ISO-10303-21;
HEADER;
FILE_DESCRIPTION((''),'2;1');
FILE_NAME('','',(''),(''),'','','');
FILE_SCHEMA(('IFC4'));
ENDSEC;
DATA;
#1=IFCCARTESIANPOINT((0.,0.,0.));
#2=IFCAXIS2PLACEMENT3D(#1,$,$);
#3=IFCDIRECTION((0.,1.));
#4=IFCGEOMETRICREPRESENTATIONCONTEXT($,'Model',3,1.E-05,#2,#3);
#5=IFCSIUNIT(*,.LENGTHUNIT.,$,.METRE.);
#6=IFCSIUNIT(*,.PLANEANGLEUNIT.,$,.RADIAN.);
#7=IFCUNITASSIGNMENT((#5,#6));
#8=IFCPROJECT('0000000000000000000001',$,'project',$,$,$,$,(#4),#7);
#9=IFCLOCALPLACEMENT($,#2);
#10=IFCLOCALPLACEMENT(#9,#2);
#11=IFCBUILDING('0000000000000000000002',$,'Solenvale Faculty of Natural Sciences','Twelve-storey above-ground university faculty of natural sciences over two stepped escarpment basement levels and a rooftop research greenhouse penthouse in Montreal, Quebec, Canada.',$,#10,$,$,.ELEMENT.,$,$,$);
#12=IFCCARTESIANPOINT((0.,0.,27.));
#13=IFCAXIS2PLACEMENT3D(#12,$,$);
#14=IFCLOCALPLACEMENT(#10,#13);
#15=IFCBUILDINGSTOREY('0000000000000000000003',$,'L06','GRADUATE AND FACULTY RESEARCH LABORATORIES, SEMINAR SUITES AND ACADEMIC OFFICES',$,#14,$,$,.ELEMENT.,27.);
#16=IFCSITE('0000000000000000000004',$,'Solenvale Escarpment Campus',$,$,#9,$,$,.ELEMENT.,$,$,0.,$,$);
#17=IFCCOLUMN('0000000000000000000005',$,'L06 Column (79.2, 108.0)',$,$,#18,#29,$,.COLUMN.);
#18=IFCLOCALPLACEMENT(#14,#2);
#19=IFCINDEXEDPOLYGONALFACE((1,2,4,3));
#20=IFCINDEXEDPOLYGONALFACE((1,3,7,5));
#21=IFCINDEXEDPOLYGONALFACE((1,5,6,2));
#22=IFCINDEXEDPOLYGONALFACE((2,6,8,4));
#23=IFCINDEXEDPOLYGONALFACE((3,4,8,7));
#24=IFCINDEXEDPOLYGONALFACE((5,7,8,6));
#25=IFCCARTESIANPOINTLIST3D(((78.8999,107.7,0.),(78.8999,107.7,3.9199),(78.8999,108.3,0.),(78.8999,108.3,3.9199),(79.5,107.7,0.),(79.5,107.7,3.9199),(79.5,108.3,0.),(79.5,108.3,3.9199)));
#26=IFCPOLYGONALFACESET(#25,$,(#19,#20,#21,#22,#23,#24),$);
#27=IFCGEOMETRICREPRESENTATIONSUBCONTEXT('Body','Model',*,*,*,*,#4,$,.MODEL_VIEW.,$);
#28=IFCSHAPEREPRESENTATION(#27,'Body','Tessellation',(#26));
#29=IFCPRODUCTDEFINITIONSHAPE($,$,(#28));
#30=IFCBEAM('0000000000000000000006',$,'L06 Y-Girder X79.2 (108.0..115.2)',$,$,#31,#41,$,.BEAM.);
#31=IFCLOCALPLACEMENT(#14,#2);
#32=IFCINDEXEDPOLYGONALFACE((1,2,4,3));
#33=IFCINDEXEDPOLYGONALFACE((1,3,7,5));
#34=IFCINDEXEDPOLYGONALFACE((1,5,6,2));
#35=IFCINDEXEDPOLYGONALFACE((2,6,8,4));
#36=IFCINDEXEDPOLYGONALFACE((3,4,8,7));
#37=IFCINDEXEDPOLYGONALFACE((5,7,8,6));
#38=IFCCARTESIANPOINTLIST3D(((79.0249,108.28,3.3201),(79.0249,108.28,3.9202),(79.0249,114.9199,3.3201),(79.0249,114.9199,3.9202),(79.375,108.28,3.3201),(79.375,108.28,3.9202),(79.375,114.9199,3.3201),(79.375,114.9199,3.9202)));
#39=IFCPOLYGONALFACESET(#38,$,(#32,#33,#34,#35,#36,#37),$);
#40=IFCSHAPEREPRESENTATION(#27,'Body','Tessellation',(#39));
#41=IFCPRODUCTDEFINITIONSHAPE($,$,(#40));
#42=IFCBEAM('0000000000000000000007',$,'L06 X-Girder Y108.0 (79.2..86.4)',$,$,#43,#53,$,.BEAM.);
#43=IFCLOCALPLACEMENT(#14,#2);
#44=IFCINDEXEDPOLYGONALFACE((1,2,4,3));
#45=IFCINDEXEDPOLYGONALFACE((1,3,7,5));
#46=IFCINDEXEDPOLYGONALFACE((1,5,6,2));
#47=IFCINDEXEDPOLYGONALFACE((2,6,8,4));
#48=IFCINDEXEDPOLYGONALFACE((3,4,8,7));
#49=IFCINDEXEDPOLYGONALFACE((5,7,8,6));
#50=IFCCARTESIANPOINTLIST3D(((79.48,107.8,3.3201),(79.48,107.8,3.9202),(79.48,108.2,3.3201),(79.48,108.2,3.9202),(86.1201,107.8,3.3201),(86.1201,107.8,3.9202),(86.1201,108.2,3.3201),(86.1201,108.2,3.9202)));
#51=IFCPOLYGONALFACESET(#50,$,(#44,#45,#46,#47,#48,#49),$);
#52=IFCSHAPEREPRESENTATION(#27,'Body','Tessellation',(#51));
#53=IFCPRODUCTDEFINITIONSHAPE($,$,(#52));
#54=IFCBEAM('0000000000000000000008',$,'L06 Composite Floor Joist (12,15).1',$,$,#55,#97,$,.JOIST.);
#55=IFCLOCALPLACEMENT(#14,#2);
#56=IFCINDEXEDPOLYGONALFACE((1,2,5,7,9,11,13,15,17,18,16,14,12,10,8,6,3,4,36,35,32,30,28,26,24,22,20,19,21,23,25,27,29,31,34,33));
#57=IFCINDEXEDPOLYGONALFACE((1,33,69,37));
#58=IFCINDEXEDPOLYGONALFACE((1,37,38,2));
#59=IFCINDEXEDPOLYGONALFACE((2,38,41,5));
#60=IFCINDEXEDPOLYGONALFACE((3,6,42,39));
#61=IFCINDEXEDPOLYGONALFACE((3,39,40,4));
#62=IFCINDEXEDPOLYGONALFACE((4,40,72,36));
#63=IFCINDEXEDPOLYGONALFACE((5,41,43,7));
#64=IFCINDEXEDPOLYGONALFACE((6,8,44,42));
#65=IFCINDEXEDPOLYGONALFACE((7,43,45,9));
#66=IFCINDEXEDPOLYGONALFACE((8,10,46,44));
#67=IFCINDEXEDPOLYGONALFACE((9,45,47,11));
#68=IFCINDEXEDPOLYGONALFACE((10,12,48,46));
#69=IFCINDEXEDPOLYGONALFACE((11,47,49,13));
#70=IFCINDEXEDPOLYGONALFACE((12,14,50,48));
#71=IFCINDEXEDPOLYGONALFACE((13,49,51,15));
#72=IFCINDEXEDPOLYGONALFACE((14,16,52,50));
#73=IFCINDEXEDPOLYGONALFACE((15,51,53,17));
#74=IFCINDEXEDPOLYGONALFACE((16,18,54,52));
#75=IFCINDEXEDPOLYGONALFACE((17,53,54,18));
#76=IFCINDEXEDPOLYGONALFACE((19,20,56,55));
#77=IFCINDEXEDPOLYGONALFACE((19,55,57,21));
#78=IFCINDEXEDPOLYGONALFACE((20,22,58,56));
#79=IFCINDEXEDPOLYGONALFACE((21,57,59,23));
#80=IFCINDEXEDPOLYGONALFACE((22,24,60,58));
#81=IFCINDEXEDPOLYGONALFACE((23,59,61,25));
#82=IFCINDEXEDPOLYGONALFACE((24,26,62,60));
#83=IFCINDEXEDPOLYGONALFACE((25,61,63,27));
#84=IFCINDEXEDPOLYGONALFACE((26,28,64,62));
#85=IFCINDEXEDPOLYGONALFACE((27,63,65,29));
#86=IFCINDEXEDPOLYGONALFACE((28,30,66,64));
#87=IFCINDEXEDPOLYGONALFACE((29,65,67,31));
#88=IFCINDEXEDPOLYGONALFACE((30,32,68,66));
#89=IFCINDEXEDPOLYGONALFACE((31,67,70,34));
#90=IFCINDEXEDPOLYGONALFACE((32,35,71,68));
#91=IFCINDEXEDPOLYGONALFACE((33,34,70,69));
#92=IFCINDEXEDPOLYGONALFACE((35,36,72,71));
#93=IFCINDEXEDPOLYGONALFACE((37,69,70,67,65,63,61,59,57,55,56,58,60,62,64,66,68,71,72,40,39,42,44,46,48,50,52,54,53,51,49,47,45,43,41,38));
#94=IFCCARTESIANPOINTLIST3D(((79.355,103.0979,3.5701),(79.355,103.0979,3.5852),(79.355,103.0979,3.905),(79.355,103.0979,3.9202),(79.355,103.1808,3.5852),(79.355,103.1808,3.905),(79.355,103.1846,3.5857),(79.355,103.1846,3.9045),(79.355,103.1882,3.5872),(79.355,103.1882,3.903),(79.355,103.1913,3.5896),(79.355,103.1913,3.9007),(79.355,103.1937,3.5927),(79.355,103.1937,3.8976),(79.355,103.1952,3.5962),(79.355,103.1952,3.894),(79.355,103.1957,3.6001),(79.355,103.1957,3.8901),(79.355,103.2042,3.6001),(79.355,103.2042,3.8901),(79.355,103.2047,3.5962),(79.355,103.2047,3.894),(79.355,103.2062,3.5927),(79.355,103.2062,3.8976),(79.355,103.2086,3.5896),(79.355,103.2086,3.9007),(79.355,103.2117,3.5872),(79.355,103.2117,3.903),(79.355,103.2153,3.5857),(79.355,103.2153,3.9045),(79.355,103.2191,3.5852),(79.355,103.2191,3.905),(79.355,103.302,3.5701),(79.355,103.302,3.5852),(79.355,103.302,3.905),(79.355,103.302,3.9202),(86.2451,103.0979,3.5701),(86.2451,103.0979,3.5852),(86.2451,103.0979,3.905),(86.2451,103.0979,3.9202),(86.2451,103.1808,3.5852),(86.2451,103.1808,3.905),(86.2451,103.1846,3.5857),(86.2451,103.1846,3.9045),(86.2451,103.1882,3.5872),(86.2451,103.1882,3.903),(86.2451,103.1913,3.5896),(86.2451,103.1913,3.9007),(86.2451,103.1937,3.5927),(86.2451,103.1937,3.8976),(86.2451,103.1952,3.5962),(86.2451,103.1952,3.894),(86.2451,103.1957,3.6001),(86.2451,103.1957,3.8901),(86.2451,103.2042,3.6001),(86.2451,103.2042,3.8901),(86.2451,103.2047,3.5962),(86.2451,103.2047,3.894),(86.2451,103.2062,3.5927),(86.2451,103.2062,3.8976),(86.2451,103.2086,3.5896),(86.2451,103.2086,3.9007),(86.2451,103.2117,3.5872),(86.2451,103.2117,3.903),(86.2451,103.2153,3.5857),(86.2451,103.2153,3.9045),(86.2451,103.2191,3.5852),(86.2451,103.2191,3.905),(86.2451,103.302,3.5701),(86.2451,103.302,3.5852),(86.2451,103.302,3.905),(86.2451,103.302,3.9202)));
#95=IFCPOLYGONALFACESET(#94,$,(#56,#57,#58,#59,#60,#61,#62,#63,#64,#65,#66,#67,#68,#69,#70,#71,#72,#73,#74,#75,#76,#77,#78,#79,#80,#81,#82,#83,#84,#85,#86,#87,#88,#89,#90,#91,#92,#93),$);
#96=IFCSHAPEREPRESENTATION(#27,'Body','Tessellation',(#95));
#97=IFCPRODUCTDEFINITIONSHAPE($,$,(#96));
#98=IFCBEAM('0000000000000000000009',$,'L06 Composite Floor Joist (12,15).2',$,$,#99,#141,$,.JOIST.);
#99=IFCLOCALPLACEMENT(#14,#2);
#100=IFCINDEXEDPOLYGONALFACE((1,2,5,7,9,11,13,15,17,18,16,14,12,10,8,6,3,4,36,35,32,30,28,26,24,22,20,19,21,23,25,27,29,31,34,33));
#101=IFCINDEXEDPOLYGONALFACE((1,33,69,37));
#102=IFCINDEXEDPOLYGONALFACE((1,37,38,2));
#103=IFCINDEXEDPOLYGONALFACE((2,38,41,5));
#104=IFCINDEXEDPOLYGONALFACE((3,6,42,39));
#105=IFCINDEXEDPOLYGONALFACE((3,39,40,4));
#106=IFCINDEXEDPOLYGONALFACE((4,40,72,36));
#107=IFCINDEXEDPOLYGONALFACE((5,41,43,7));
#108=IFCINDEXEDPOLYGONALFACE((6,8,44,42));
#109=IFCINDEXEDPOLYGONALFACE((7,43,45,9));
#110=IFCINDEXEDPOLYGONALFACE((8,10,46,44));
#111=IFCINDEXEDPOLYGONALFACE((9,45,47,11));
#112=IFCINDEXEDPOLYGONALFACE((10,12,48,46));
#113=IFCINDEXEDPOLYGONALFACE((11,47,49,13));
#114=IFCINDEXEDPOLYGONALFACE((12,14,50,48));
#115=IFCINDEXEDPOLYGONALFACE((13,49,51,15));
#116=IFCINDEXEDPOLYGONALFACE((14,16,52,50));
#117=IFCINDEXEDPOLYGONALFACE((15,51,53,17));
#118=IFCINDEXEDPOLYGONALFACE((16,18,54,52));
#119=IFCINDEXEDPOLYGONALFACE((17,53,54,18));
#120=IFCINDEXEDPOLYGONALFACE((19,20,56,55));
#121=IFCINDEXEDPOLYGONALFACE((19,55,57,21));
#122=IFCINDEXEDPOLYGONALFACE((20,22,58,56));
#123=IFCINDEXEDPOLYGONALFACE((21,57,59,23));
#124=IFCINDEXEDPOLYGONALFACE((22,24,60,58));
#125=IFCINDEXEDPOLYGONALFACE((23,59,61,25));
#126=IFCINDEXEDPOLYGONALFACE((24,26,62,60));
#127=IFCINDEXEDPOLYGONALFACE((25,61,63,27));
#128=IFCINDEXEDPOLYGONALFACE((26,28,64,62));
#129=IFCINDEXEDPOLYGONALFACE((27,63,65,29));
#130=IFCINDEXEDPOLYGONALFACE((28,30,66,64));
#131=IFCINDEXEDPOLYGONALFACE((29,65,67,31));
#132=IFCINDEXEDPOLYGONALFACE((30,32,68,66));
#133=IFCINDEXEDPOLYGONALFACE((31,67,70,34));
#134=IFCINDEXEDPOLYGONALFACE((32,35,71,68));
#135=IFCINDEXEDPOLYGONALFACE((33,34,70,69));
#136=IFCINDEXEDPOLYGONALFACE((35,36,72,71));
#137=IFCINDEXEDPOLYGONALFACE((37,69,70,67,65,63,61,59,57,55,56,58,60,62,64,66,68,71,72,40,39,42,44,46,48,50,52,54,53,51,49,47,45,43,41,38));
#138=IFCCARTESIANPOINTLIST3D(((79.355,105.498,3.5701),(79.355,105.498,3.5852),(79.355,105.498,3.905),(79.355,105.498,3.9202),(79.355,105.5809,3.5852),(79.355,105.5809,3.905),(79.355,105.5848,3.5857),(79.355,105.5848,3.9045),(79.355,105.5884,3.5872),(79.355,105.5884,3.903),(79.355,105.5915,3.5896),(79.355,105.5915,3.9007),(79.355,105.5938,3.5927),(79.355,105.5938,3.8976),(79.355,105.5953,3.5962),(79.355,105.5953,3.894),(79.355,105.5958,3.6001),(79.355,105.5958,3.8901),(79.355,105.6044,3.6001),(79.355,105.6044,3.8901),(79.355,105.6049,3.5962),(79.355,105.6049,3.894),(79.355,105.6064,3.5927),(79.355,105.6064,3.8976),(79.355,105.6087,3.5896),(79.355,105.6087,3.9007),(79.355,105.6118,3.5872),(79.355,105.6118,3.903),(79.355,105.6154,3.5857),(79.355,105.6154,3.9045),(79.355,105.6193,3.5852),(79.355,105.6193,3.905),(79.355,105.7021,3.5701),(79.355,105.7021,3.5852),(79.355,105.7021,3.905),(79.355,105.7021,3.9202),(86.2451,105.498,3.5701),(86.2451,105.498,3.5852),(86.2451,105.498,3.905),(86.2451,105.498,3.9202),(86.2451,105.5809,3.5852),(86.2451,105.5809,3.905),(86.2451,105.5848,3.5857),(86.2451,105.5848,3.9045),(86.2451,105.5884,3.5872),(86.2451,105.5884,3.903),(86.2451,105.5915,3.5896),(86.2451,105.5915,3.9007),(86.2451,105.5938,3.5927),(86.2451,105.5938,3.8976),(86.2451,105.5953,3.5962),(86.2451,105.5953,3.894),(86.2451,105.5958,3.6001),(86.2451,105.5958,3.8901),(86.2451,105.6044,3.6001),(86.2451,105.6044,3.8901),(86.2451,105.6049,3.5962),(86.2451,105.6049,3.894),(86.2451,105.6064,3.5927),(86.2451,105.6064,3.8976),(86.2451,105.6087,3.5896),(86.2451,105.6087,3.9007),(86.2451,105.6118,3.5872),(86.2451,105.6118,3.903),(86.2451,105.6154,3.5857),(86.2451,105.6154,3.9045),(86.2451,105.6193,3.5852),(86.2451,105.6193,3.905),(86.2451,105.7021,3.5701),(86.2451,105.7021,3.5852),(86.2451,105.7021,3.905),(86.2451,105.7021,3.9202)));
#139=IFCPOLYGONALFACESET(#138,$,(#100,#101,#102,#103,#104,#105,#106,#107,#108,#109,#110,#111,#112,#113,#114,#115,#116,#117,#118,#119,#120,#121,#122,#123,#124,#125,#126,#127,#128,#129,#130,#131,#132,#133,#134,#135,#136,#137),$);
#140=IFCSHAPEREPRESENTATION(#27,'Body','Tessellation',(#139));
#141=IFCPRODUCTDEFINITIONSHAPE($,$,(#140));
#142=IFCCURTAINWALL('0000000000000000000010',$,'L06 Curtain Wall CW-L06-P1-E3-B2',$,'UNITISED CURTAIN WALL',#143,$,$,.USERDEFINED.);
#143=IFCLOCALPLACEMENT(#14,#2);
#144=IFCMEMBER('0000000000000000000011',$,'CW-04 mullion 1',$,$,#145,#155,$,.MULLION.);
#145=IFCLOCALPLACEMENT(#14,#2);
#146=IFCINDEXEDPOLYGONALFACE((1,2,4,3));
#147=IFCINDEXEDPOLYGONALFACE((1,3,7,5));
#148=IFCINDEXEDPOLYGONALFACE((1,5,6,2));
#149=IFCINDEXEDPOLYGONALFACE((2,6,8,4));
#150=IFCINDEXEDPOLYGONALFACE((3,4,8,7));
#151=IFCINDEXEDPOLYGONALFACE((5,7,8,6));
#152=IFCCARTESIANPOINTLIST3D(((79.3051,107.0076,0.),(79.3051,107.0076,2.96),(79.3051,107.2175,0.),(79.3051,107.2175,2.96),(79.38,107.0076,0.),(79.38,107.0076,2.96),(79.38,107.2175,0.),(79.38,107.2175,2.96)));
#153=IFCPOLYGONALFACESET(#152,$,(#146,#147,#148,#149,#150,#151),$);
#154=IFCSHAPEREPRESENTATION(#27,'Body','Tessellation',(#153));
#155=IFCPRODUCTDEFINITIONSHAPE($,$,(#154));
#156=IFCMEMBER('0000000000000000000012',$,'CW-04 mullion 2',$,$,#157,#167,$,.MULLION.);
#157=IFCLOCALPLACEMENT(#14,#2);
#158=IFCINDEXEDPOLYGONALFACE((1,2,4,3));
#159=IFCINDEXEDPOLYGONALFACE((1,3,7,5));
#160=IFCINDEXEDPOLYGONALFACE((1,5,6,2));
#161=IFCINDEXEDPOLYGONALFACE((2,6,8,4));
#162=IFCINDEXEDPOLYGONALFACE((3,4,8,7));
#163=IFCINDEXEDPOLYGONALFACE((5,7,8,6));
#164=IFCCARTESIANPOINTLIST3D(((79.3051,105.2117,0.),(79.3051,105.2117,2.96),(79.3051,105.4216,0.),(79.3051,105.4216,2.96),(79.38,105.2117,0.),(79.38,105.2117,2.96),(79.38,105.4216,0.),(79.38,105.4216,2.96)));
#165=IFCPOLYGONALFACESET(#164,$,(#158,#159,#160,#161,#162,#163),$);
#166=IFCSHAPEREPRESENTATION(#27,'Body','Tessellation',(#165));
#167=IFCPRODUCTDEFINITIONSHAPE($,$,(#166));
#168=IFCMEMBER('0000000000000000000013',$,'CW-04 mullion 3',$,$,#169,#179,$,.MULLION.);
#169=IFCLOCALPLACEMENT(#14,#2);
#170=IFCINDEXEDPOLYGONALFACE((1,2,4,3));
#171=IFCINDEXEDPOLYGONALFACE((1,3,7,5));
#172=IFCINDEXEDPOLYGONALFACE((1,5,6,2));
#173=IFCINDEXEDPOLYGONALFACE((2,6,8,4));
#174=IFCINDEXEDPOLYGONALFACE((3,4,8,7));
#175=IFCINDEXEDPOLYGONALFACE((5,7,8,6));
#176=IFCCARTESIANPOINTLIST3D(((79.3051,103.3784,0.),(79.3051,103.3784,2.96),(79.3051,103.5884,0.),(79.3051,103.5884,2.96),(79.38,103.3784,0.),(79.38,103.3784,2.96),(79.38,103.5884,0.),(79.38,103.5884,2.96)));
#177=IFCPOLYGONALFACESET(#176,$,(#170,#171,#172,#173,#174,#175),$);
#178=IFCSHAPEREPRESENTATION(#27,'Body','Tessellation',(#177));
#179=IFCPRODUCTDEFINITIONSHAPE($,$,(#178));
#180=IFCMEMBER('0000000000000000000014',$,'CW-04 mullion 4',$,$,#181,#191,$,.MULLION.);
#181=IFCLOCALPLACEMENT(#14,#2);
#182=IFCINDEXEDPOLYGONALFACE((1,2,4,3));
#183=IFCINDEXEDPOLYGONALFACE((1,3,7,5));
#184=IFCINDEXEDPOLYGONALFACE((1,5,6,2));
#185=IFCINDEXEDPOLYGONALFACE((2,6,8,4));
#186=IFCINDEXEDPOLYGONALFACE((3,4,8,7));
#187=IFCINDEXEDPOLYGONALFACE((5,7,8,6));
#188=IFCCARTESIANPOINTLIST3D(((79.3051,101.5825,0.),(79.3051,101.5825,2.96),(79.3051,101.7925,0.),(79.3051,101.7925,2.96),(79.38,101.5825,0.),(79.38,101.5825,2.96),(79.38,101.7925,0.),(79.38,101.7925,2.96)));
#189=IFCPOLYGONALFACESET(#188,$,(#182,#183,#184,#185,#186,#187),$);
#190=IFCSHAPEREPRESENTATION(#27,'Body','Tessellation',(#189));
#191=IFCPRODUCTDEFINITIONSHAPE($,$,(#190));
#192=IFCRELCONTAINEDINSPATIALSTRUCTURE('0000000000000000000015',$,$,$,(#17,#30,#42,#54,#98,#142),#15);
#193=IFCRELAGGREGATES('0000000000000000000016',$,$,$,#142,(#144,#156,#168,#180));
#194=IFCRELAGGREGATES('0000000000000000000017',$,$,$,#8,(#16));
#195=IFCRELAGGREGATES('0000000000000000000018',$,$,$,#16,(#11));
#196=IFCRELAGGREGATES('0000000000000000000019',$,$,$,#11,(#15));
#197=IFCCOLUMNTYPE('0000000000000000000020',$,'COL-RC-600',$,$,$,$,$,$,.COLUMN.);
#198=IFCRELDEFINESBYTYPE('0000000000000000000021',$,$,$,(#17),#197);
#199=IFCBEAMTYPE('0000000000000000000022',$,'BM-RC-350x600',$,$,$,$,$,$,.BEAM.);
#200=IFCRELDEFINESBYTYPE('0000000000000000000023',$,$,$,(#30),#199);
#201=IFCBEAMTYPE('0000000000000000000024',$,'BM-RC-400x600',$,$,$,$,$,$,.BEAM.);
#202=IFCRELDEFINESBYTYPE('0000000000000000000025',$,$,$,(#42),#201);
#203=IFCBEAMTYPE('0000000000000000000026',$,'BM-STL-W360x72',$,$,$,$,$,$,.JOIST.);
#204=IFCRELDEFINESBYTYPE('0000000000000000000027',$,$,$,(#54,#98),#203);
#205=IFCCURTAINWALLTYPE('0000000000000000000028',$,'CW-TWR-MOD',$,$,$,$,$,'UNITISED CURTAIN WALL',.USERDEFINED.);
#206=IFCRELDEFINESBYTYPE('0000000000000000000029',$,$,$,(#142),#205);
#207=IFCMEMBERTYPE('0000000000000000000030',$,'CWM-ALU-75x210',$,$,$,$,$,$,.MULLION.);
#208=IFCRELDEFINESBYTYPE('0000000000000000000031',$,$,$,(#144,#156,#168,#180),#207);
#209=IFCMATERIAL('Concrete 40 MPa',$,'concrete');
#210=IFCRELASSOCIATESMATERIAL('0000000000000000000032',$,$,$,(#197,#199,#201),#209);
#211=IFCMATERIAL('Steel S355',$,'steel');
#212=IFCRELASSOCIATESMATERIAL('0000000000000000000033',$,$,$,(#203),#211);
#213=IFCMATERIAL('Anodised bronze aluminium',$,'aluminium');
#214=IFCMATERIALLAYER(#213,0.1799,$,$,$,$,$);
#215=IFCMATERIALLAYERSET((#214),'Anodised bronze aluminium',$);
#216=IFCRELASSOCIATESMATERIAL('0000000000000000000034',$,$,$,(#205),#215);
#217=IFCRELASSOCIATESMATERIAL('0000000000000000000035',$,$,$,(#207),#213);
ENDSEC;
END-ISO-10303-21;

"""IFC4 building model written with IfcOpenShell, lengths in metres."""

from ifc_helpers import new_model, si_unit, direction, frame, origin, origin_2d, place, context, subcontext, project, spatial, rectangle, i_section, extrude, material, layer, layer_set, material_profile, profile_set, type_object, element, aggregate, save


model = new_model("IFC4")

# Units and contexts
model_context = context("Model", 3, precision=1e-05, world=origin(), true_north=direction((0.0, 1.0)))
body_context = subcontext(model_context, "Body", "Model", "MODEL_VIEW")
ifc_project = project(units=[si_unit("LENGTHUNIT", "METRE"), si_unit("PLANEANGLEUNIT", "RADIAN")], contexts=[model_context])

# Site, building, storey
site_placement = place(None, origin())
site = spatial("IfcSite", under=ifc_project, at=site_placement, Name="Solenvale Escarpment Campus", CompositionType="ELEMENT", RefElevation=0.0)
building_placement = place(site_placement, origin())
building = spatial("IfcBuilding", under=site, at=building_placement, Name="Solenvale Faculty of Natural Sciences", Description="Twelve-storey above-ground university faculty of natural sciences over two stepped escarpment basement levels and a rooftop research greenhouse penthouse in Montreal, Quebec, Canada.", CompositionType="ELEMENT")
storey_placement = place(building_placement, frame((0.0, 0.0, 27.0)))
storey = spatial("IfcBuildingStorey", under=building, at=storey_placement, Name="L06", Description="GRADUATE AND FACULTY RESEARCH LABORATORIES, SEMINAR SUITES AND ACADEMIC OFFICES", CompositionType="ELEMENT", Elevation=27.0)

# Column
ifc_material_1 = material(Name="Concrete 40 MPa", Category="concrete")
ifc_material_profile_1 = material_profile(ifc_material_1, rectangle(XDim=0.6001, YDim=0.6001, at=origin_2d()), Name="RC-COL-600x600")
ifc_profile_set_1 = profile_set([ifc_material_profile_1], Name="Concrete 40 MPa")
column_type = type_object("IfcColumnType", Name="COL-RC-600", PredefinedType="COLUMN", material=ifc_profile_set_1)
column_placement = place(storey_placement, frame((79.2, 108.0, 0.0), z_axis=(0.0, 0.0, 1.0), x_axis=(1.0, 0.0, 0.0)))
element("IfcColumn", 1, at=column_placement, inside=storey, type_object=column_type, Name="L06 Column (79.2, 108.0)", PredefinedType="COLUMN", context=body_context, shape_type="SweptSolid", body=[
    extrude(rectangle(XDim=0.6001, YDim=0.6001, at=origin_2d()), origin(), (0.0, 0.0, 1.0), 3.9199),
])

# Beams
ifc_material_profile_2 = material_profile(ifc_material_1, rectangle(XDim=0.3501, YDim=0.6001, at=origin_2d()), Name="RC-BM-350x600")
ifc_profile_set_2 = profile_set([ifc_material_profile_2], Name="Concrete 40 MPa")
beam_type_1 = type_object("IfcBeamType", Name="BM-RC-350x600", PredefinedType="BEAM", material=ifc_profile_set_2)
beam_1_placement = place(storey_placement, frame((79.2, 108.28, 3.6201), z_axis=(0.0, 1.0, 0.0), x_axis=(-1.0, 0.0, 0.0)))
element("IfcBeam", 2, at=beam_1_placement, inside=storey, type_object=beam_type_1, Name="L06 Y-Girder X79.2 (108.0..115.2)", PredefinedType="BEAM", context=body_context, shape_type="SweptSolid", body=[
    extrude(rectangle(XDim=0.3501, YDim=0.6001, at=origin_2d()), origin(), (0.0, 0.0, 1.0), 6.6399),
])
ifc_material_profile_3 = material_profile(ifc_material_1, rectangle(XDim=0.3999, YDim=0.6001, at=origin_2d()), Name="RC-BM-400x600")
ifc_profile_set_3 = profile_set([ifc_material_profile_3], Name="Concrete 40 MPa")
beam_type_2 = type_object("IfcBeamType", Name="BM-RC-400x600", PredefinedType="BEAM", material=ifc_profile_set_3)
beam_2_placement = place(storey_placement, frame((79.48, 108.0, 3.6201), z_axis=(1.0, 0.0, 0.0), x_axis=(0.0, 1.0, 0.0)))
element("IfcBeam", 3, at=beam_2_placement, inside=storey, type_object=beam_type_2, Name="L06 X-Girder Y108.0 (79.2..86.4)", PredefinedType="BEAM", context=body_context, shape_type="SweptSolid", body=[
    extrude(rectangle(XDim=0.3999, YDim=0.6001, at=origin_2d()), origin(), (0.0, 0.0, 1.0), 6.6401),
])
ifc_material_2 = material(Name="Steel S355", Category="steel")
ifc_material_profile_4 = material_profile(ifc_material_2, i_section(OverallWidth=0.2041, OverallDepth=0.3501, WebThickness=0.0085, FlangeThickness=0.0151, FilletRadius=0.0149, at=origin_2d()), Name="W360x72")
ifc_profile_set_4 = profile_set([ifc_material_profile_4], Name="Steel S355")
beam_type_3 = type_object("IfcBeamType", Name="BM-STL-W360x72", PredefinedType="JOIST", material=ifc_profile_set_4)
for number, where, z_axis, x_axis, name in (
    (4, (79.355, 103.2, 3.7451), (1.0, 0.0, 0.0), (0.0, 1.0, 0.0), "L06 Composite Floor Joist (12,15).1"),
    (5, (79.355, 105.6001, 3.7451), (1.0, 0.0, 0.0), (0.0, 1.0, 0.0), "L06 Composite Floor Joist (12,15).2"),
):
    element("IfcBeam", number, at=place(storey_placement, frame(where, z_axis=z_axis, x_axis=x_axis)), inside=storey, type_object=beam_type_3, Name=name, PredefinedType="JOIST", context=body_context, shape_type="SweptSolid", body=[
        extrude(i_section(OverallWidth=0.2041, OverallDepth=0.3501, WebThickness=0.0085, FlangeThickness=0.0151, FilletRadius=0.0149, at=origin_2d()), origin(), (0.0, 0.0, 1.0), 6.8901),
    ])

# Curtain wall, members
ifc_material_3 = material(Name="Anodised bronze aluminium", Category="aluminium")
ifc_layer_1 = layer(ifc_material_3, 0.1799)
ifc_layer_set_1 = layer_set([ifc_layer_1], Name="Anodised bronze aluminium")
curtain_wall_type = type_object("IfcCurtainWallType", Name="CW-TWR-MOD", ElementType="UNITISED CURTAIN WALL", PredefinedType="USERDEFINED", material=ifc_layer_set_1)
curtain_wall_placement = place(storey_placement, origin())
curtain_wall = element("IfcCurtainWall", 6, at=curtain_wall_placement, inside=storey, type_object=curtain_wall_type, Name="L06 Curtain Wall CW-L06-P1-E3-B2", ObjectType="UNITISED CURTAIN WALL", PredefinedType="USERDEFINED")
ifc_material_profile_5 = material_profile(ifc_material_3, rectangle(XDim=0.075, YDim=0.21, at=origin_2d()), Name="ALU-MUL-75x210")
ifc_profile_set_5 = profile_set([ifc_material_profile_5], Name="Anodised bronze aluminium")
member_type_1 = type_object("IfcMemberType", Name="CWM-ALU-75x210", PredefinedType="MULLION", material=ifc_profile_set_5)
member_1_placement = place(storey_placement, frame((79.3425, 107.1125, 0.0), z_axis=(0.0, 0.0, 1.0), x_axis=(1.0, 0.0, 0.0)))
member_1 = element("IfcMember", 7, at=member_1_placement, type_object=member_type_1, Name="CW-04 mullion 1", PredefinedType="MULLION", context=body_context, shape_type="SweptSolid", body=[
    extrude(rectangle(XDim=0.075, YDim=0.21, at=origin_2d()), origin(), (0.0, 0.0, 1.0), 2.96),
])
member_2_placement = place(storey_placement, frame((79.3425, 105.3167, 0.0), z_axis=(0.0, 0.0, 1.0), x_axis=(1.0, 0.0, 0.0)))
member_2 = element("IfcMember", 8, at=member_2_placement, type_object=member_type_1, Name="CW-04 mullion 2", PredefinedType="MULLION", context=body_context, shape_type="SweptSolid", body=[
    extrude(rectangle(XDim=0.075, YDim=0.21, at=origin_2d()), origin(), (0.0, 0.0, 1.0), 2.96),
])
member_3_placement = place(storey_placement, frame((79.3425, 103.4834, 0.0), z_axis=(0.0, 0.0, 1.0), x_axis=(1.0, 0.0, 0.0)))
member_3 = element("IfcMember", 9, at=member_3_placement, type_object=member_type_1, Name="CW-04 mullion 3", PredefinedType="MULLION", context=body_context, shape_type="SweptSolid", body=[
    extrude(rectangle(XDim=0.075, YDim=0.21, at=origin_2d()), origin(), (0.0, 0.0, 1.0), 2.96),
])
member_4_placement = place(storey_placement, frame((79.3425, 101.6875, 0.0), z_axis=(0.0, 0.0, 1.0), x_axis=(1.0, 0.0, 0.0)))
member_4 = element("IfcMember", 10, at=member_4_placement, type_object=member_type_1, Name="CW-04 mullion 4", PredefinedType="MULLION", context=body_context, shape_type="SweptSolid", body=[
    extrude(rectangle(XDim=0.075, YDim=0.21, at=origin_2d()), origin(), (0.0, 0.0, 1.0), 2.96),
])
aggregate(curtain_wall, [member_1, member_2, member_3, member_4])

save(model, "model.ifc")
